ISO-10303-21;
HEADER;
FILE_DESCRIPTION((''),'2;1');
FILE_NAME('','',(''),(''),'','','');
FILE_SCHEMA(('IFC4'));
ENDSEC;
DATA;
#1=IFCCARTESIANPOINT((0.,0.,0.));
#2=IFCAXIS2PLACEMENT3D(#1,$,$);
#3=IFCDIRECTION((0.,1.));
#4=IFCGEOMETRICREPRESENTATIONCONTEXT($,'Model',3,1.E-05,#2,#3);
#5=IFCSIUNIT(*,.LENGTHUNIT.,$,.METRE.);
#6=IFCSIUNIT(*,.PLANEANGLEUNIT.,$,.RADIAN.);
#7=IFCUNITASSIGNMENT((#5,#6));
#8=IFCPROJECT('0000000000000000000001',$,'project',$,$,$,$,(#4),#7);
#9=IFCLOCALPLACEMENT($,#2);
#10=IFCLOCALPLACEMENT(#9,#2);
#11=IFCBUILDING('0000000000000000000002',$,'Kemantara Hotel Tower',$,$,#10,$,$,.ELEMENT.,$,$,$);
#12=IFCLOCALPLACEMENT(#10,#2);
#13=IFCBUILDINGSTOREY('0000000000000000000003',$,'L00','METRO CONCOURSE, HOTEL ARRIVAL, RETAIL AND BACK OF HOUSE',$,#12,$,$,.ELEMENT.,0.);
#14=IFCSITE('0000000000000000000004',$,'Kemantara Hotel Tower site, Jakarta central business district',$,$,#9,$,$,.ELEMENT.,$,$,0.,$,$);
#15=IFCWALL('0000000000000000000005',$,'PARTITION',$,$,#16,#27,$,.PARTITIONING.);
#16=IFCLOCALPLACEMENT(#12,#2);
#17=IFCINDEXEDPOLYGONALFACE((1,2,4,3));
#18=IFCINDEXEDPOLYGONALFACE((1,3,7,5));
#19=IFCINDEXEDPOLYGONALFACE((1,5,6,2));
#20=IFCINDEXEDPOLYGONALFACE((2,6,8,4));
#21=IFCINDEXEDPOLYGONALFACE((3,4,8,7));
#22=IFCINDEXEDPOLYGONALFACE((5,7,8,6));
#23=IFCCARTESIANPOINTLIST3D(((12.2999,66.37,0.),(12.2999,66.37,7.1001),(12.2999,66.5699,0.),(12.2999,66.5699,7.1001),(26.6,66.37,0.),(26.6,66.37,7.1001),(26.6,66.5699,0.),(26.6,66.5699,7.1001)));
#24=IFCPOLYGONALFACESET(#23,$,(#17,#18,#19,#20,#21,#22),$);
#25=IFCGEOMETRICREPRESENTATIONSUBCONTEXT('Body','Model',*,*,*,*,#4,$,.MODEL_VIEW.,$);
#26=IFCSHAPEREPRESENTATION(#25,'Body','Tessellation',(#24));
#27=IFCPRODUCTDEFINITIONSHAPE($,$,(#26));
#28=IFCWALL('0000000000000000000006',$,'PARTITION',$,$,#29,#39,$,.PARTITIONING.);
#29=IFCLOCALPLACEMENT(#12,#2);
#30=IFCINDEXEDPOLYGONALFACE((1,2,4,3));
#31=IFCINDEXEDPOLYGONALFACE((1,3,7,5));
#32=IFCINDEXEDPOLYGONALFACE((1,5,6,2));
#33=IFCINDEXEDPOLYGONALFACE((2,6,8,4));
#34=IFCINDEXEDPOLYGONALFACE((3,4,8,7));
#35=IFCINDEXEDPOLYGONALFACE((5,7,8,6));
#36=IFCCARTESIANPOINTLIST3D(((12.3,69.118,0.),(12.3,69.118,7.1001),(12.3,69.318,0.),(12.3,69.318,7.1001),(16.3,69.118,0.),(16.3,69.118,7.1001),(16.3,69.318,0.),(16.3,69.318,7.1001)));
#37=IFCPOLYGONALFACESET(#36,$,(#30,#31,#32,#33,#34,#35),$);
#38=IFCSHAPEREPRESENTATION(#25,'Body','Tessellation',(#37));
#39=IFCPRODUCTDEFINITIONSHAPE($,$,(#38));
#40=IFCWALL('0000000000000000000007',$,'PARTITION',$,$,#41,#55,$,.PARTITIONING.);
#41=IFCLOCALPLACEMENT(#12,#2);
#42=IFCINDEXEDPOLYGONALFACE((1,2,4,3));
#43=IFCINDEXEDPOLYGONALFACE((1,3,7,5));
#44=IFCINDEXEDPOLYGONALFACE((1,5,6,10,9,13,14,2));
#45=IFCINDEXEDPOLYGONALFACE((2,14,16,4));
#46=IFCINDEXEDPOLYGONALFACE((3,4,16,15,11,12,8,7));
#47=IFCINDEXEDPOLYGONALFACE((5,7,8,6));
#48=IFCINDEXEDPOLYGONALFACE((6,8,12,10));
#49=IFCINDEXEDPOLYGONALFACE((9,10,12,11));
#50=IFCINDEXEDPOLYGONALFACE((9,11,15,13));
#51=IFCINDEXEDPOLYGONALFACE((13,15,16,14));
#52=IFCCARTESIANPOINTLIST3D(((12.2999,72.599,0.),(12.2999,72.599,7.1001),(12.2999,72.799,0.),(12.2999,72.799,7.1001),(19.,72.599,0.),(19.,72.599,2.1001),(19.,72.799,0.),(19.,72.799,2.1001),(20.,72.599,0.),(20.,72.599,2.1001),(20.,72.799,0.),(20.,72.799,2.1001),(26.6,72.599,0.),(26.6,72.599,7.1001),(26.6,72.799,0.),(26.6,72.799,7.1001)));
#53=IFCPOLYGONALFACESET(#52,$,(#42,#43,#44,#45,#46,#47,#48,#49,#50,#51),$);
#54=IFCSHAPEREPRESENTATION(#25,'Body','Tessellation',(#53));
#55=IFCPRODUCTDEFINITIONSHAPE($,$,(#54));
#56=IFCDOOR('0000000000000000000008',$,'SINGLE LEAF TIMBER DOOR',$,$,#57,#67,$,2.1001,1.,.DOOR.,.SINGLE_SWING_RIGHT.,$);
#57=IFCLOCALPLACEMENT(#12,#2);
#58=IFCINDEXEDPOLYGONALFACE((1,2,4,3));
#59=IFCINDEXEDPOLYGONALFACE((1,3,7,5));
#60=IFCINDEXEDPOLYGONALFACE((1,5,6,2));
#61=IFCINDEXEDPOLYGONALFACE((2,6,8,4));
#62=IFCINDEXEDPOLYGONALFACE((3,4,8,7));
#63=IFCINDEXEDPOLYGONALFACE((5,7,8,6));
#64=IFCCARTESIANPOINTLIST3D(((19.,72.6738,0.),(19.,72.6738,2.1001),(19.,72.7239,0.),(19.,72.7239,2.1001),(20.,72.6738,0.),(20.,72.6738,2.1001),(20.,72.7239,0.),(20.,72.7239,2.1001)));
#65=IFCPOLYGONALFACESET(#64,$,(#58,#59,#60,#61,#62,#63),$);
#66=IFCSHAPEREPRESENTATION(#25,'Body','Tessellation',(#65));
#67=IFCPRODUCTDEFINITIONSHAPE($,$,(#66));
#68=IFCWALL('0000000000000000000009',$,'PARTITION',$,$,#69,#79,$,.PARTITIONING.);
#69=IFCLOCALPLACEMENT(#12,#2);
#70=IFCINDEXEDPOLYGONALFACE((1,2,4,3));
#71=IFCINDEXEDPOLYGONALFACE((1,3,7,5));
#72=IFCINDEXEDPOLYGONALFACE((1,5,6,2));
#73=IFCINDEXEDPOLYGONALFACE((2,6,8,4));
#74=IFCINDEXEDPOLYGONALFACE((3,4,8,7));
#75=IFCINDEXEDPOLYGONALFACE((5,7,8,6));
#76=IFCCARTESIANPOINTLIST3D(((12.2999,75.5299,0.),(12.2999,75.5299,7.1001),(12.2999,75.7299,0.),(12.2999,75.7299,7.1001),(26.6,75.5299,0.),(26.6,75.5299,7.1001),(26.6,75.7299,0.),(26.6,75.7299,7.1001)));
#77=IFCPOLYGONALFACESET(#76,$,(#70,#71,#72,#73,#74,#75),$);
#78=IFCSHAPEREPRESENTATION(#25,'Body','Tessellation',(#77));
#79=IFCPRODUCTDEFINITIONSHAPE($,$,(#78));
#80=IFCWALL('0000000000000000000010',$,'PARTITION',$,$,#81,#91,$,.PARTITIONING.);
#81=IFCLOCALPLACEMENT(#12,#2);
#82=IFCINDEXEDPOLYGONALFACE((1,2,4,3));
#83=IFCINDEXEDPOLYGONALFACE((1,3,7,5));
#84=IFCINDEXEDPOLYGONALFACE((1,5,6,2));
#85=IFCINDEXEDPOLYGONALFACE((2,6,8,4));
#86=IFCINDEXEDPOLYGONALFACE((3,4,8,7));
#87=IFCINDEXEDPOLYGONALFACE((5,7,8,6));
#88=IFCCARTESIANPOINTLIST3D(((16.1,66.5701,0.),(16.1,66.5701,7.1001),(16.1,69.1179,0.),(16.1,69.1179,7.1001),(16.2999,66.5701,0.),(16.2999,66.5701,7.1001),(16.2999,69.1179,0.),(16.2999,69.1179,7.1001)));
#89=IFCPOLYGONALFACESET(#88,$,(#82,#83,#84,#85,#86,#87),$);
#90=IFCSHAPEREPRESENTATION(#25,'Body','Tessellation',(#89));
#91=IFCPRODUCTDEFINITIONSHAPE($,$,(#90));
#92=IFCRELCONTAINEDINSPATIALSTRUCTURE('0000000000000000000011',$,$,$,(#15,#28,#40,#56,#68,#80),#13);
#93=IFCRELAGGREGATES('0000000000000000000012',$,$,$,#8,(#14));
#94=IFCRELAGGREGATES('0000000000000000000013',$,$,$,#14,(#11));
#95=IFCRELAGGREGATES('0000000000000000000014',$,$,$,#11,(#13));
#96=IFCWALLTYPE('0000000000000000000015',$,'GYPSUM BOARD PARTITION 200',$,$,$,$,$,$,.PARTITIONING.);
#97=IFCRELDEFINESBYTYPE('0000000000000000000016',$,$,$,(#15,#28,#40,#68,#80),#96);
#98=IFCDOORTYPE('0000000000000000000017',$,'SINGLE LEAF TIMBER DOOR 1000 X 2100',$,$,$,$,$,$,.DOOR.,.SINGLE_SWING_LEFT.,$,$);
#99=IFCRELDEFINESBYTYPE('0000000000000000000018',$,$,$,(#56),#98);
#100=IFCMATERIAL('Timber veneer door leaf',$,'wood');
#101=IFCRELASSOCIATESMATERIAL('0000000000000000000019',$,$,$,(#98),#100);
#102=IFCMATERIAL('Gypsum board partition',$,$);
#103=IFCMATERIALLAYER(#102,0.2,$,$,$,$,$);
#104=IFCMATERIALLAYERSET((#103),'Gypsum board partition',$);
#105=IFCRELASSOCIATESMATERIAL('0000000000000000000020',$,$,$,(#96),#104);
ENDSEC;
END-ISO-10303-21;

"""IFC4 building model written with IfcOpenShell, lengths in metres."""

from ifc_helpers import new_model, si_unit, direction, frame, frame_2d, origin, place, context, subcontext, project, spatial, rectangle, extrude, material, layer, layer_set, type_object, element, fill, save


model = new_model("IFC4")

# Units and contexts
model_context = context("Model", 3, precision=1e-05, world=origin(), true_north=direction((0.0, 1.0)))
body_context = subcontext(model_context, "Body", "Model", "MODEL_VIEW")
ifc_project = project(units=[si_unit("LENGTHUNIT", "METRE"), si_unit("PLANEANGLEUNIT", "RADIAN")], contexts=[model_context])

# Site, building, storey
site_placement = place(None, origin())
site = spatial("IfcSite", under=ifc_project, at=site_placement, Name="Kemantara Hotel Tower site, Jakarta central business district", CompositionType="ELEMENT", RefElevation=0.0)
building_placement = place(site_placement, origin())
building = spatial("IfcBuilding", under=site, at=building_placement, Name="Kemantara Hotel Tower", CompositionType="ELEMENT")
storey_placement = place(building_placement, origin())
storey = spatial("IfcBuildingStorey", under=building, at=storey_placement, Name="L00", Description="METRO CONCOURSE, HOTEL ARRIVAL, RETAIL AND BACK OF HOUSE", CompositionType="ELEMENT", Elevation=0.0)

# Shared definitions
ifc_material_1 = material(Name="Timber veneer door leaf", Category="wood")
door_type = type_object("IfcDoorType", Name="SINGLE LEAF TIMBER DOOR 1000 X 2100", OperationType="SINGLE_SWING_LEFT", PredefinedType="DOOR", material=ifc_material_1)

# Walls
ifc_material_2 = material(Name="Gypsum board partition")
ifc_layer_1 = layer(ifc_material_2, 0.2)
ifc_layer_set_1 = layer_set([ifc_layer_1], Name="Gypsum board partition")
wall_type_1 = type_object("IfcWallType", Name="GYPSUM BOARD PARTITION 200", PredefinedType="PARTITIONING", material=ifc_layer_set_1)
wall_1_placement = place(storey_placement, frame((12.3, 66.47, 0.0), z_axis=(0.0, 0.0, 1.0), x_axis=(1.0, 0.0, 0.0)))
element("IfcWall", 1, at=wall_1_placement, inside=storey, type_object=wall_type_1, Name="PARTITION", PredefinedType="PARTITIONING", context=body_context, shape_type="SweptSolid", body=[
    extrude(rectangle(XDim=14.3, YDim=0.2, at=frame_2d((7.1499, 0.0))), origin(), (0.0, 0.0, 1.0), 7.1001),
])
wall_2_placement = place(storey_placement, frame((12.3, 69.218, 0.0), z_axis=(0.0, 0.0, 1.0), x_axis=(1.0, 0.0, 0.0)))
element("IfcWall", 2, at=wall_2_placement, inside=storey, type_object=wall_type_1, Name="PARTITION", PredefinedType="PARTITIONING", context=body_context, shape_type="SweptSolid", body=[
    extrude(rectangle(XDim=4.0, YDim=0.2, at=frame_2d((2.0, 0.0))), origin(), (0.0, 0.0, 1.0), 7.1001),
])

# Wall, opening, door
wall_3_placement = place(storey_placement, frame((12.3, 72.699, 0.0), z_axis=(0.0, 0.0, 1.0), x_axis=(1.0, 0.0, 0.0)))
wall_3 = element("IfcWall", 3, at=wall_3_placement, inside=storey, type_object=wall_type_1, Name="PARTITION", PredefinedType="PARTITIONING", context=body_context, shape_type="SweptSolid", body=[
    extrude(rectangle(XDim=14.3, YDim=0.2, at=frame_2d((7.1499, 0.0))), origin(), (0.0, 0.0, 1.0), 7.1001),
])
opening_1_placement = place(wall_3_placement, frame((6.7, 0.0, 0.0)))
opening_1 = element("IfcOpeningElement", 4, at=opening_1_placement, cuts=wall_3, PredefinedType="OPENING", context=body_context, shape_type="SweptSolid", body=[
    extrude(rectangle(XDim=1.0, YDim=2.1001, at=frame_2d((0.5, 1.05))), frame((0.0, 0.1099, 0.0), z_axis=(0.0, -1.0, 0.0), x_axis=(1.0, 0.0, 0.0)), (0.0, 0.0, 1.0), 0.22),
])
door_1_placement = place(opening_1_placement, origin())
door_1 = element("IfcDoor", 5, at=door_1_placement, inside=storey, type_object=door_type, Name="SINGLE LEAF TIMBER DOOR", OperationType="SINGLE_SWING_RIGHT", OverallHeight=2.1001, OverallWidth=1.0, PredefinedType="DOOR", context=body_context, shape_type="SweptSolid", body=[
    extrude(rectangle(XDim=1.0, YDim=2.1001, at=frame_2d((0.5, 1.05))), frame((0.0, 0.0249, 0.0), z_axis=(0.0, -1.0, 0.0), x_axis=(1.0, 0.0, 0.0)), (0.0, 0.0, 1.0), 0.05),
])
fill(opening_1, door_1)

# Walls
wall_4_placement = place(storey_placement, frame((12.3, 75.6299, 0.0), z_axis=(0.0, 0.0, 1.0), x_axis=(1.0, 0.0, 0.0)))
element("IfcWall", 6, at=wall_4_placement, inside=storey, type_object=wall_type_1, Name="PARTITION", PredefinedType="PARTITIONING", context=body_context, shape_type="SweptSolid", body=[
    extrude(rectangle(XDim=14.3, YDim=0.2, at=frame_2d((7.1499, 0.0))), origin(), (0.0, 0.0, 1.0), 7.1001),
])
wall_5_placement = place(storey_placement, frame((16.2, 66.5701, 0.0), z_axis=(0.0, 0.0, 1.0), x_axis=(0.0, 1.0, 0.0)))
element("IfcWall", 7, at=wall_5_placement, inside=storey, type_object=wall_type_1, Name="PARTITION", PredefinedType="PARTITIONING", context=body_context, shape_type="SweptSolid", body=[
    extrude(rectangle(XDim=2.5479, YDim=0.2, at=frame_2d((1.2739, 0.0))), origin(), (0.0, 0.0, 1.0), 7.1001),
])

save(model, "model.ifc")
